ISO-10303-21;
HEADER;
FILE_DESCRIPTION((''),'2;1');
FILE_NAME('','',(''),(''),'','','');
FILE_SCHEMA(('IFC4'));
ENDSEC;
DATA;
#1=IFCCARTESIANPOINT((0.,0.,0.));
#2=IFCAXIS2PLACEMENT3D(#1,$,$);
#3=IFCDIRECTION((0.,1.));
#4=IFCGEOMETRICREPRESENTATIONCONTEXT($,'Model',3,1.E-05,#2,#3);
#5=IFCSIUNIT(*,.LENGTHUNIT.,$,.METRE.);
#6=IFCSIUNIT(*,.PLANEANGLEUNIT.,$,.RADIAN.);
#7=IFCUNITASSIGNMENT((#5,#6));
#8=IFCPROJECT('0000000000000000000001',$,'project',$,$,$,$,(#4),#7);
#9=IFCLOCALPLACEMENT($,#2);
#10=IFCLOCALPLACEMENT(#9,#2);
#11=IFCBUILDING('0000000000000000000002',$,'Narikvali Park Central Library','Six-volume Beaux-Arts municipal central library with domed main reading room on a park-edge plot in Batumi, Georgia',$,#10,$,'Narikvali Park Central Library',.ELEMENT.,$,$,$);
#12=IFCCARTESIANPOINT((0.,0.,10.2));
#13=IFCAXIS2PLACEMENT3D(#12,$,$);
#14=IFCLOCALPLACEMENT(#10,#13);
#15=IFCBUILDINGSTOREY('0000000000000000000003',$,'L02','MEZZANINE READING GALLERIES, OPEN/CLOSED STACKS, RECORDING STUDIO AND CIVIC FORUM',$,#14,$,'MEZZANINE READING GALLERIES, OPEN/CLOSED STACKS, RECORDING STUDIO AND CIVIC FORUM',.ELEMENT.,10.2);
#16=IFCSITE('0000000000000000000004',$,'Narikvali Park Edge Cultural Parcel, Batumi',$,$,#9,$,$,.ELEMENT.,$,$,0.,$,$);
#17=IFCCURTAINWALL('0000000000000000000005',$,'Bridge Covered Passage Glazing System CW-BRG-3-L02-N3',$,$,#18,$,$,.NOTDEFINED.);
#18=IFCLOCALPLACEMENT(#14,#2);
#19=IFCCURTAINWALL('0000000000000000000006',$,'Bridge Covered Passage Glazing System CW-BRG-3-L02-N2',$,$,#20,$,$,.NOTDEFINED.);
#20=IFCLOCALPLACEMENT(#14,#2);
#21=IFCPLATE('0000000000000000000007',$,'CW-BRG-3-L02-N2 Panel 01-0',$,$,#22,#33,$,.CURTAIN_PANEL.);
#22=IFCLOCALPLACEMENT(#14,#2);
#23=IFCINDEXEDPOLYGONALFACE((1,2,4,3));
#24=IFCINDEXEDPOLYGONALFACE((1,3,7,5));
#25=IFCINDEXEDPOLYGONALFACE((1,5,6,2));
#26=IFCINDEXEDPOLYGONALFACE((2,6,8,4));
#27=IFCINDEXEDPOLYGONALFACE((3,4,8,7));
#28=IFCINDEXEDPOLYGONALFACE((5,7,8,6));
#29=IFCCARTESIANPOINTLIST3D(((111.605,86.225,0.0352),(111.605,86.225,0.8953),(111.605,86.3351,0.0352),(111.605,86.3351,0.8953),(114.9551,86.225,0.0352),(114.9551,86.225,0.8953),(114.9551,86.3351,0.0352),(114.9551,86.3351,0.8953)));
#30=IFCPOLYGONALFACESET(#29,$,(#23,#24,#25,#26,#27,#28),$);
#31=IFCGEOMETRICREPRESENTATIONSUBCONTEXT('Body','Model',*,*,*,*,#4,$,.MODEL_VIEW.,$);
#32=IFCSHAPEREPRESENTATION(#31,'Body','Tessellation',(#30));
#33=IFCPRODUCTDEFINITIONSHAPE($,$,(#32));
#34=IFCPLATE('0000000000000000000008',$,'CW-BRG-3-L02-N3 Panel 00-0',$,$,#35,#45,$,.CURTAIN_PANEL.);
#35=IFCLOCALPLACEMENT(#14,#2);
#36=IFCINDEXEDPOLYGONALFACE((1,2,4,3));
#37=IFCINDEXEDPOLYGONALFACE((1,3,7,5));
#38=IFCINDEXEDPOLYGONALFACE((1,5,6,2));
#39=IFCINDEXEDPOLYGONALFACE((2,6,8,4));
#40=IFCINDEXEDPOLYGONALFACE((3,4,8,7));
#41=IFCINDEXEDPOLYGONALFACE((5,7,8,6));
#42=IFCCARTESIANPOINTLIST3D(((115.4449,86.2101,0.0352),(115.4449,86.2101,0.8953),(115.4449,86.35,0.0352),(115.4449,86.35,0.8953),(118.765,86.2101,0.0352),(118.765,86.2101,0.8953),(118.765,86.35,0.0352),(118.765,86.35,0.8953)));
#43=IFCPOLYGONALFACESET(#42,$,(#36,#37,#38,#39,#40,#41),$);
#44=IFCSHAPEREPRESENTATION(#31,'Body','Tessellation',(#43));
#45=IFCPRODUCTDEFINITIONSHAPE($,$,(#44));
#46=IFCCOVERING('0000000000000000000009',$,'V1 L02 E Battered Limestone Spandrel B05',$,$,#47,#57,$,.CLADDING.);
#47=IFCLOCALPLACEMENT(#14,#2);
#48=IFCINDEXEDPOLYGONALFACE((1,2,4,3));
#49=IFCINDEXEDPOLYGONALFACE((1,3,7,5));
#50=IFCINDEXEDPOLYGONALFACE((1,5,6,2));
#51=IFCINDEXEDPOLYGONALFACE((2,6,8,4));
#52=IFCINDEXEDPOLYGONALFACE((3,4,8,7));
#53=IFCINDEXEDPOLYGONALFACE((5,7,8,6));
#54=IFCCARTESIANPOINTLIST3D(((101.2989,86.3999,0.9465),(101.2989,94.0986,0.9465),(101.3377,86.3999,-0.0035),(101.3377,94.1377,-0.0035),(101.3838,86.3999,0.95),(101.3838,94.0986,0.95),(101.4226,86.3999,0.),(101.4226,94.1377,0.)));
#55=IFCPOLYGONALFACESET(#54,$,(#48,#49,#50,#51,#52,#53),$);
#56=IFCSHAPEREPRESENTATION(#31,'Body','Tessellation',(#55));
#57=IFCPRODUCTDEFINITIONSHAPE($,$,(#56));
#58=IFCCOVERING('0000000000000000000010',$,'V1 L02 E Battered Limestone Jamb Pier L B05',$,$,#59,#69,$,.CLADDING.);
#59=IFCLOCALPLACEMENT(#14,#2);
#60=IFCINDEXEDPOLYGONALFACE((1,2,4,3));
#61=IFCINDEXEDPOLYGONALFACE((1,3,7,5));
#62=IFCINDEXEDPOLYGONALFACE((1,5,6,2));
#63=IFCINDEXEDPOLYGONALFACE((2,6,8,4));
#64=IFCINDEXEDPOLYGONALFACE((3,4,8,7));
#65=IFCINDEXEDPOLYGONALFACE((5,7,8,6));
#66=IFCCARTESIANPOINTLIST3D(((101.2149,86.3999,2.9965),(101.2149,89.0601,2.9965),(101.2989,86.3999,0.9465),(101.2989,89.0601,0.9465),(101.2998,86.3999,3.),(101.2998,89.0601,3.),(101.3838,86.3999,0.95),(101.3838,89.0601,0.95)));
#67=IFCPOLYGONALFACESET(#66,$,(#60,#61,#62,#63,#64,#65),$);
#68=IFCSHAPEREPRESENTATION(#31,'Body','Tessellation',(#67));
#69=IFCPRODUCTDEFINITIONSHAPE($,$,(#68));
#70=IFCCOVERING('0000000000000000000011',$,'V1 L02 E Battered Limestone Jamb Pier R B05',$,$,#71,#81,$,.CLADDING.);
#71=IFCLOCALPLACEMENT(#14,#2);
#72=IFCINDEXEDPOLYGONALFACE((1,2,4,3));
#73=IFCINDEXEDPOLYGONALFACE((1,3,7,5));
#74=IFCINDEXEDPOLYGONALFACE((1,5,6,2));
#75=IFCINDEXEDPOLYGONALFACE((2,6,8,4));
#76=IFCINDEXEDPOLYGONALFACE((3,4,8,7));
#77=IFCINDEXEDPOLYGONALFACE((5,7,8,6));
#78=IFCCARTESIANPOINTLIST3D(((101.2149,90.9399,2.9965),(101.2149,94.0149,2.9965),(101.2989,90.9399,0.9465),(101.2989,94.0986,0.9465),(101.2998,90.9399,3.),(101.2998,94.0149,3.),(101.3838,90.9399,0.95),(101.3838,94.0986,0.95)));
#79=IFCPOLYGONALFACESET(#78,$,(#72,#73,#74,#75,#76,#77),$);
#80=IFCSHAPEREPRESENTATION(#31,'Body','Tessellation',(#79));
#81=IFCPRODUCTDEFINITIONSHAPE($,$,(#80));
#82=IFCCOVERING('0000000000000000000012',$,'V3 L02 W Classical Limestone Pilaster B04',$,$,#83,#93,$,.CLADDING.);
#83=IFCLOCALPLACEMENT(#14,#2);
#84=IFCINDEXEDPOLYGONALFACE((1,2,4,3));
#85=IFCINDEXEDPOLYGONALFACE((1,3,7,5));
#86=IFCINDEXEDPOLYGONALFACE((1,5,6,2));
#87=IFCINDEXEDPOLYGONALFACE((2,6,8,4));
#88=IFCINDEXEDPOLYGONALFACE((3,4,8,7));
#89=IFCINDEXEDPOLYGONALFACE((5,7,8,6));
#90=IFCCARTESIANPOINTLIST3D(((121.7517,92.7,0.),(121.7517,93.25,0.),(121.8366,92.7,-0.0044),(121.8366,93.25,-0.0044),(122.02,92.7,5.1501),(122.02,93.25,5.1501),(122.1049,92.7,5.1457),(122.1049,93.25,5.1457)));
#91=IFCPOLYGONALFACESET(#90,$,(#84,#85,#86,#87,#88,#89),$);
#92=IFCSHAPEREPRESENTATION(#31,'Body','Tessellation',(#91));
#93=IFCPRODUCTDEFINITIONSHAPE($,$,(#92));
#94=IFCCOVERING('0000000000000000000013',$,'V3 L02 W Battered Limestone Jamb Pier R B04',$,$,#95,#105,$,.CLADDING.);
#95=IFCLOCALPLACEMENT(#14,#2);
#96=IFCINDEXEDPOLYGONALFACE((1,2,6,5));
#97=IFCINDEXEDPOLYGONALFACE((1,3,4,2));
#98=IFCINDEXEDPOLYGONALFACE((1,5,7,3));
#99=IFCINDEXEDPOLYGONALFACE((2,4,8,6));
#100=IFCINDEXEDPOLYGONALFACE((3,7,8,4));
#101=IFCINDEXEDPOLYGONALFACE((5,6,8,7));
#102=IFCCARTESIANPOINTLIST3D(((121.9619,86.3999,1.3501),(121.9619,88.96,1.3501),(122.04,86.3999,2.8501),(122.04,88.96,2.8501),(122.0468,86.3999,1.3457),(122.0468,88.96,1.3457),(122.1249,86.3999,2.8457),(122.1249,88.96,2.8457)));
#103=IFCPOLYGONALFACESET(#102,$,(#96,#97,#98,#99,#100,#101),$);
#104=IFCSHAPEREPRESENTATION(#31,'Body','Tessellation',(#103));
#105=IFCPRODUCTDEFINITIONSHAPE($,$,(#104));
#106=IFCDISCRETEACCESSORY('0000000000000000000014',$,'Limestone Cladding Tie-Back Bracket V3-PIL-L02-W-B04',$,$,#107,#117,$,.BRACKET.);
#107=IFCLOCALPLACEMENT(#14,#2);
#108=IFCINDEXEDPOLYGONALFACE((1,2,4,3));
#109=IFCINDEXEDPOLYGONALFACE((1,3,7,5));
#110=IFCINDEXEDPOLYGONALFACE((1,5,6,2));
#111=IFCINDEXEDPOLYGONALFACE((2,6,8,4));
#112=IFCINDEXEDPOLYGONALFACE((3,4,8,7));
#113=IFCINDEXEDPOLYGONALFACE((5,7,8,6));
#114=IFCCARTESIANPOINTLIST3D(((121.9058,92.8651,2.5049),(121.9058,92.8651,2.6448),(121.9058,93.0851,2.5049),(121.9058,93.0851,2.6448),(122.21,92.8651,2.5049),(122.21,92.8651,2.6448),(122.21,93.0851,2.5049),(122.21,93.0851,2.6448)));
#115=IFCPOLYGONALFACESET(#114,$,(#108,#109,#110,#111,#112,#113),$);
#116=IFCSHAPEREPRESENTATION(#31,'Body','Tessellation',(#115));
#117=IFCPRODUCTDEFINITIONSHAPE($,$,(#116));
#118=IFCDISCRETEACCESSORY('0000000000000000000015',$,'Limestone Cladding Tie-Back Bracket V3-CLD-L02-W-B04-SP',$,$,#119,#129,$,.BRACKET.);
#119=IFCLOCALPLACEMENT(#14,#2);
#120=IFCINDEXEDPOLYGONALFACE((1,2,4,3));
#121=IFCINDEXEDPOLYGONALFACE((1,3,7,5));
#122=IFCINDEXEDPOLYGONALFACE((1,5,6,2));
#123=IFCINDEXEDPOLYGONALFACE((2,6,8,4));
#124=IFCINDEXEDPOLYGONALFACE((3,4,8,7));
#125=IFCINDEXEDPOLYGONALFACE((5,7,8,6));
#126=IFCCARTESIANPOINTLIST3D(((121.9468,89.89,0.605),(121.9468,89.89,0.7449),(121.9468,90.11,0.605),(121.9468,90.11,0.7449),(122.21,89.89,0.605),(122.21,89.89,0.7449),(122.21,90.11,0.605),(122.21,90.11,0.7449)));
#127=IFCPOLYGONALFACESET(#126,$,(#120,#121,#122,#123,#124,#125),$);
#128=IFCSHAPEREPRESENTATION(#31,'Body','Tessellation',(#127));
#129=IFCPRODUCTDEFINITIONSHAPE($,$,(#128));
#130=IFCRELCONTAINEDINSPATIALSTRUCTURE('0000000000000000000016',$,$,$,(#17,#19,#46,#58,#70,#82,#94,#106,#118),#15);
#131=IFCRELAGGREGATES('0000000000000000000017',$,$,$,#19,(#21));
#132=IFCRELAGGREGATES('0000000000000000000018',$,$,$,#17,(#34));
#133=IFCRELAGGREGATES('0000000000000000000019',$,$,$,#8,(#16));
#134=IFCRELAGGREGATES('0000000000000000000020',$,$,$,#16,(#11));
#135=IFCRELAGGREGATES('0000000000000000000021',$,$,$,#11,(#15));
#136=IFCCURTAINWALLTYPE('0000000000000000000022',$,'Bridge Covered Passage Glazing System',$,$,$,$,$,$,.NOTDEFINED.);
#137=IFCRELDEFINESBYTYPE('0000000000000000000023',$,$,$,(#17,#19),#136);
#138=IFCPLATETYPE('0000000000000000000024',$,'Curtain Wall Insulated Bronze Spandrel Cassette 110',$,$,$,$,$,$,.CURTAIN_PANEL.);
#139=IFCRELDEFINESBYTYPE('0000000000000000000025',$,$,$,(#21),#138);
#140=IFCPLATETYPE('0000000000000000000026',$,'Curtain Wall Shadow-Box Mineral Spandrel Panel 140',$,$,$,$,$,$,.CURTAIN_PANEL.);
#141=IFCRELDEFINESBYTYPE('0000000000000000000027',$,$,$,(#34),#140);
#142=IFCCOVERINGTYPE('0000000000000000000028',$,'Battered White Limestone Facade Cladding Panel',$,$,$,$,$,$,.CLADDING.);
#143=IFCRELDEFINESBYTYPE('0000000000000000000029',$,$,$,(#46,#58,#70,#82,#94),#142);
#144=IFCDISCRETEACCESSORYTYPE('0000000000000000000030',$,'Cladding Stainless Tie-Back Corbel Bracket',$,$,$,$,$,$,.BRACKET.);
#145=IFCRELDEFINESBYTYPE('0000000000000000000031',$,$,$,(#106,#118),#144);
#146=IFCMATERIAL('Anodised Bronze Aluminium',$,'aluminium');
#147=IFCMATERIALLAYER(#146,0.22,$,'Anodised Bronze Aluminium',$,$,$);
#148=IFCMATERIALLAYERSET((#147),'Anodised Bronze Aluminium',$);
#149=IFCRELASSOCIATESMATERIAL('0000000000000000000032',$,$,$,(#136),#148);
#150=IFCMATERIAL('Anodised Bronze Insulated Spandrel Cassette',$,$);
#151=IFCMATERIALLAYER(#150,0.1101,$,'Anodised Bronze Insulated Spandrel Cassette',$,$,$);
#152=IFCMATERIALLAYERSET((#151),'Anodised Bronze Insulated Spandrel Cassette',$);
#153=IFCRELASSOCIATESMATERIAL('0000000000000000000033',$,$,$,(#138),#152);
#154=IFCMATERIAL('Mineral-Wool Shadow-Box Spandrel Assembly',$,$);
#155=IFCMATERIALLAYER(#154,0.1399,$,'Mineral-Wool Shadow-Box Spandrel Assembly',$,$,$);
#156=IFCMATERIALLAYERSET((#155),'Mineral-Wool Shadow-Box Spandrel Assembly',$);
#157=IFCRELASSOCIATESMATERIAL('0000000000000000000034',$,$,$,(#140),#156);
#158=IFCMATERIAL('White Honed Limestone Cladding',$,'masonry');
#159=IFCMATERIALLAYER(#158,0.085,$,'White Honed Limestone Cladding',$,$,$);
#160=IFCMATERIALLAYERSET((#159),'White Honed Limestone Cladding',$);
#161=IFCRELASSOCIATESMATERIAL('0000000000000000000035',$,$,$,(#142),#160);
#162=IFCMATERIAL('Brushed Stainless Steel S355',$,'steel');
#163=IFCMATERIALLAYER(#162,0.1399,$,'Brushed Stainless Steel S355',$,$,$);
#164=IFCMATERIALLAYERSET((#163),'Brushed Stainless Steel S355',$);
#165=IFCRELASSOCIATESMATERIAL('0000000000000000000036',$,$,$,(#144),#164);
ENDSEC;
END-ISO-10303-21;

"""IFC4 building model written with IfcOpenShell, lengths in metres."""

from ifc_helpers import new_model, si_unit, direction, frame, origin, origin_2d, place, context, subcontext, project, spatial, polyline, rectangle, outline, extrude, material, layer, layer_set, type_object, element, aggregate, save


model = new_model("IFC4")

# Units and contexts
model_context = context("Model", 3, precision=1e-05, world=origin(), true_north=direction((0.0, 1.0)))
body_context = subcontext(model_context, "Body", "Model", "MODEL_VIEW")
ifc_project = project(units=[si_unit("LENGTHUNIT", "METRE"), si_unit("PLANEANGLEUNIT", "RADIAN")], contexts=[model_context])

# Site, building, storey
site_placement = place(None, origin())
site = spatial("IfcSite", under=ifc_project, at=site_placement, Name="Narikvali Park Edge Cultural Parcel, Batumi", CompositionType="ELEMENT", RefElevation=0.0)
building_placement = place(site_placement, origin())
building = spatial("IfcBuilding", under=site, at=building_placement, Name="Narikvali Park Central Library", Description="Six-volume Beaux-Arts municipal central library with domed main reading room on a park-edge plot in Batumi, Georgia", LongName="Narikvali Park Central Library", CompositionType="ELEMENT")
storey_placement = place(building_placement, frame((0.0, 0.0, 10.2)))
storey = spatial("IfcBuildingStorey", under=building, at=storey_placement, Name="L02", Description="MEZZANINE READING GALLERIES, OPEN/CLOSED STACKS, RECORDING STUDIO AND CIVIC FORUM", LongName="MEZZANINE READING GALLERIES, OPEN/CLOSED STACKS, RECORDING STUDIO AND CIVIC FORUM", CompositionType="ELEMENT", Elevation=10.2)

# Curtain wall
ifc_material_1 = material(Name="Anodised Bronze Aluminium", Category="aluminium")
ifc_layer_1 = layer(ifc_material_1, 0.22, Name="Anodised Bronze Aluminium")
ifc_layer_set_1 = layer_set([ifc_layer_1], Name="Anodised Bronze Aluminium")
curtain_wall_type = type_object("IfcCurtainWallType", Name="Bridge Covered Passage Glazing System", PredefinedType="NOTDEFINED", material=ifc_layer_set_1)
curtain_wall_1_placement = place(storey_placement, origin())
curtain_wall_1 = element("IfcCurtainWall", 1, at=curtain_wall_1_placement, inside=storey, type_object=curtain_wall_type, Name="Bridge Covered Passage Glazing System CW-BRG-3-L02-N3", PredefinedType="NOTDEFINED")

# Curtain wall
curtain_wall_2_placement = place(storey_placement, origin())
curtain_wall_2 = element("IfcCurtainWall", 2, at=curtain_wall_2_placement, inside=storey, type_object=curtain_wall_type, Name="Bridge Covered Passage Glazing System CW-BRG-3-L02-N2", PredefinedType="NOTDEFINED")

# Plates
ifc_material_2 = material(Name="Anodised Bronze Insulated Spandrel Cassette")
ifc_layer_2 = layer(ifc_material_2, 0.1101, Name="Anodised Bronze Insulated Spandrel Cassette")
ifc_layer_set_2 = layer_set([ifc_layer_2], Name="Anodised Bronze Insulated Spandrel Cassette")
plate_type_1 = type_object("IfcPlateType", Name="Curtain Wall Insulated Bronze Spandrel Cassette 110", PredefinedType="CURTAIN_PANEL", material=ifc_layer_set_2)
plate_1_placement = place(storey_placement, frame((113.28, 86.28, 0.0352), z_axis=(0.0, 0.0, 1.0), x_axis=(1.0, 0.0, 0.0)))
plate_1 = element("IfcPlate", 3, at=plate_1_placement, type_object=plate_type_1, Name="CW-BRG-3-L02-N2 Panel 01-0", PredefinedType="CURTAIN_PANEL", context=body_context, shape_type="SweptSolid", body=[
    extrude(rectangle(XDim=3.3501, YDim=0.1101, at=origin_2d()), origin(), (0.0, 0.0, 1.0), 0.8601),
])
aggregate(curtain_wall_2, [plate_1])
ifc_material_3 = material(Name="Mineral-Wool Shadow-Box Spandrel Assembly")
ifc_layer_3 = layer(ifc_material_3, 0.1399, Name="Mineral-Wool Shadow-Box Spandrel Assembly")
ifc_layer_set_3 = layer_set([ifc_layer_3], Name="Mineral-Wool Shadow-Box Spandrel Assembly")
plate_type_2 = type_object("IfcPlateType", Name="Curtain Wall Shadow-Box Mineral Spandrel Panel 140", PredefinedType="CURTAIN_PANEL", material=ifc_layer_set_3)
plate_2_placement = place(storey_placement, frame((117.105, 86.28, 0.0352), z_axis=(0.0, 0.0, 1.0), x_axis=(1.0, 0.0, 0.0)))
plate_2 = element("IfcPlate", 4, at=plate_2_placement, type_object=plate_type_2, Name="CW-BRG-3-L02-N3 Panel 00-0", PredefinedType="CURTAIN_PANEL", context=body_context, shape_type="SweptSolid", body=[
    extrude(rectangle(XDim=3.3201, YDim=0.1399, at=origin_2d()), origin(), (0.0, 0.0, 1.0), 0.8601),
])
aggregate(curtain_wall_1, [plate_2])

# Coverings
ifc_material_4 = material(Name="White Honed Limestone Cladding", Category="masonry")
ifc_layer_4 = layer(ifc_material_4, 0.085, Name="White Honed Limestone Cladding")
ifc_layer_set_4 = layer_set([ifc_layer_4], Name="White Honed Limestone Cladding")
covering_type = type_object("IfcCoveringType", Name="Battered White Limestone Facade Cladding Panel", PredefinedType="CLADDING", material=ifc_layer_set_4)
covering_1_placement = place(storey_placement, frame((101.4226, 86.3999, 0.0), z_axis=(0.999166, 0.0, 0.040829), x_axis=(0.0, 1.0, 0.0)))
element("IfcCovering", 5, at=covering_1_placement, inside=storey, type_object=covering_type, Name="V1 L02 E Battered Limestone Spandrel B05", PredefinedType="CLADDING", context=body_context, shape_type="SweptSolid", body=[
    extrude(outline(polyline([(0.0, 0.0), (7.7378, 0.0), (7.6987, 0.9507), (0.0, 0.9507), (0.0, 0.0)])), origin(), (0.0, 0.0, -1.0), 0.085),
])
covering_2_placement = place(storey_placement, frame((101.3838, 86.3999, 0.95), z_axis=(0.999162, 0.0, 0.040933), x_axis=(0.0, 1.0, 0.0)))
element("IfcCovering", 6, at=covering_2_placement, inside=storey, type_object=covering_type, Name="V1 L02 E Battered Limestone Jamb Pier L B05", PredefinedType="CLADDING", context=body_context, shape_type="SweptSolid", body=[
    extrude(outline(polyline([(0.0, 0.0), (2.6602, 0.0), (2.6602, 2.0518), (0.0, 2.0518), (0.0, 0.0)])), origin(), (0.0, 0.0, -1.0), 0.085),
])
covering_3_placement = place(storey_placement, frame((101.3838, 90.9399, 0.95), z_axis=(0.999162, 0.0, 0.040933), x_axis=(0.0, 1.0, 0.0)))
element("IfcCovering", 7, at=covering_3_placement, inside=storey, type_object=covering_type, Name="V1 L02 E Battered Limestone Jamb Pier R B05", PredefinedType="CLADDING", context=body_context, shape_type="SweptSolid", body=[
    extrude(outline(polyline([(0.0, 0.0), (3.1587, 0.0), (3.075, 2.0518), (0.0, 2.0518), (0.0, 0.0)])), origin(), (0.0, 0.0, -1.0), 0.085),
])
covering_4_placement = place(storey_placement, frame((121.7517, 93.25, 0.0), z_axis=(-0.998646, 0.0, 0.052027), x_axis=(0.0, -1.0, 0.0)))
element("IfcCovering", 8, at=covering_4_placement, inside=storey, type_object=covering_type, Name="V3 L02 W Classical Limestone Pilaster B04", PredefinedType="CLADDING", context=body_context, shape_type="SweptSolid", body=[
    extrude(outline(polyline([(0.0, 0.0), (0.55, 0.0), (0.55, 5.1571), (0.0, 5.1571), (0.0, 0.0)])), origin(), (0.0, 0.0, -1.0), 0.085),
])
covering_5_placement = place(storey_placement, frame((121.9619, 88.96, 1.3501), z_axis=(-0.998646, 0.0, 0.052013), x_axis=(0.0, -1.0, 0.0)))
element("IfcCovering", 9, at=covering_5_placement, inside=storey, type_object=covering_type, Name="V3 L02 W Battered Limestone Jamb Pier R B04", PredefinedType="CLADDING", context=body_context, shape_type="SweptSolid", body=[
    extrude(outline(polyline([(0.0, 0.0), (2.5601, 0.0), (2.5601, 1.502), (0.0, 1.502), (0.0, 0.0)])), origin(), (0.0, 0.0, -1.0), 0.085),
])

# Discrete accessories
ifc_material_5 = material(Name="Brushed Stainless Steel S355", Category="steel")
ifc_layer_5 = layer(ifc_material_5, 0.1399, Name="Brushed Stainless Steel S355")
ifc_layer_set_5 = layer_set([ifc_layer_5], Name="Brushed Stainless Steel S355")
discrete_accessory_type = type_object("IfcDiscreteAccessoryType", Name="Cladding Stainless Tie-Back Corbel Bracket", PredefinedType="BRACKET", material=ifc_layer_set_5)
discrete_accessory_1_placement = place(storey_placement, frame((122.0579, 92.9751, 2.5049), z_axis=(0.0, 0.0, 1.0), x_axis=(1.0, 0.0, 0.0)))
element("IfcDiscreteAccessory", 10, at=discrete_accessory_1_placement, inside=storey, type_object=discrete_accessory_type, Name="Limestone Cladding Tie-Back Bracket V3-PIL-L02-W-B04", PredefinedType="BRACKET", context=body_context, shape_type="SweptSolid", body=[
    extrude(rectangle(XDim=0.3042, YDim=0.22, at=origin_2d()), origin(), (0.0, 0.0, 1.0), 0.1399),
])
discrete_accessory_2_placement = place(storey_placement, frame((122.0784, 90.0, 0.605), z_axis=(0.0, 0.0, 1.0), x_axis=(1.0, 0.0, 0.0)))
element("IfcDiscreteAccessory", 11, at=discrete_accessory_2_placement, inside=storey, type_object=discrete_accessory_type, Name="Limestone Cladding Tie-Back Bracket V3-CLD-L02-W-B04-SP", PredefinedType="BRACKET", context=body_context, shape_type="SweptSolid", body=[
    extrude(rectangle(XDim=0.2632, YDim=0.22, at=origin_2d()), origin(), (0.0, 0.0, 1.0), 0.1399),
])

save(model, "model.ifc")
